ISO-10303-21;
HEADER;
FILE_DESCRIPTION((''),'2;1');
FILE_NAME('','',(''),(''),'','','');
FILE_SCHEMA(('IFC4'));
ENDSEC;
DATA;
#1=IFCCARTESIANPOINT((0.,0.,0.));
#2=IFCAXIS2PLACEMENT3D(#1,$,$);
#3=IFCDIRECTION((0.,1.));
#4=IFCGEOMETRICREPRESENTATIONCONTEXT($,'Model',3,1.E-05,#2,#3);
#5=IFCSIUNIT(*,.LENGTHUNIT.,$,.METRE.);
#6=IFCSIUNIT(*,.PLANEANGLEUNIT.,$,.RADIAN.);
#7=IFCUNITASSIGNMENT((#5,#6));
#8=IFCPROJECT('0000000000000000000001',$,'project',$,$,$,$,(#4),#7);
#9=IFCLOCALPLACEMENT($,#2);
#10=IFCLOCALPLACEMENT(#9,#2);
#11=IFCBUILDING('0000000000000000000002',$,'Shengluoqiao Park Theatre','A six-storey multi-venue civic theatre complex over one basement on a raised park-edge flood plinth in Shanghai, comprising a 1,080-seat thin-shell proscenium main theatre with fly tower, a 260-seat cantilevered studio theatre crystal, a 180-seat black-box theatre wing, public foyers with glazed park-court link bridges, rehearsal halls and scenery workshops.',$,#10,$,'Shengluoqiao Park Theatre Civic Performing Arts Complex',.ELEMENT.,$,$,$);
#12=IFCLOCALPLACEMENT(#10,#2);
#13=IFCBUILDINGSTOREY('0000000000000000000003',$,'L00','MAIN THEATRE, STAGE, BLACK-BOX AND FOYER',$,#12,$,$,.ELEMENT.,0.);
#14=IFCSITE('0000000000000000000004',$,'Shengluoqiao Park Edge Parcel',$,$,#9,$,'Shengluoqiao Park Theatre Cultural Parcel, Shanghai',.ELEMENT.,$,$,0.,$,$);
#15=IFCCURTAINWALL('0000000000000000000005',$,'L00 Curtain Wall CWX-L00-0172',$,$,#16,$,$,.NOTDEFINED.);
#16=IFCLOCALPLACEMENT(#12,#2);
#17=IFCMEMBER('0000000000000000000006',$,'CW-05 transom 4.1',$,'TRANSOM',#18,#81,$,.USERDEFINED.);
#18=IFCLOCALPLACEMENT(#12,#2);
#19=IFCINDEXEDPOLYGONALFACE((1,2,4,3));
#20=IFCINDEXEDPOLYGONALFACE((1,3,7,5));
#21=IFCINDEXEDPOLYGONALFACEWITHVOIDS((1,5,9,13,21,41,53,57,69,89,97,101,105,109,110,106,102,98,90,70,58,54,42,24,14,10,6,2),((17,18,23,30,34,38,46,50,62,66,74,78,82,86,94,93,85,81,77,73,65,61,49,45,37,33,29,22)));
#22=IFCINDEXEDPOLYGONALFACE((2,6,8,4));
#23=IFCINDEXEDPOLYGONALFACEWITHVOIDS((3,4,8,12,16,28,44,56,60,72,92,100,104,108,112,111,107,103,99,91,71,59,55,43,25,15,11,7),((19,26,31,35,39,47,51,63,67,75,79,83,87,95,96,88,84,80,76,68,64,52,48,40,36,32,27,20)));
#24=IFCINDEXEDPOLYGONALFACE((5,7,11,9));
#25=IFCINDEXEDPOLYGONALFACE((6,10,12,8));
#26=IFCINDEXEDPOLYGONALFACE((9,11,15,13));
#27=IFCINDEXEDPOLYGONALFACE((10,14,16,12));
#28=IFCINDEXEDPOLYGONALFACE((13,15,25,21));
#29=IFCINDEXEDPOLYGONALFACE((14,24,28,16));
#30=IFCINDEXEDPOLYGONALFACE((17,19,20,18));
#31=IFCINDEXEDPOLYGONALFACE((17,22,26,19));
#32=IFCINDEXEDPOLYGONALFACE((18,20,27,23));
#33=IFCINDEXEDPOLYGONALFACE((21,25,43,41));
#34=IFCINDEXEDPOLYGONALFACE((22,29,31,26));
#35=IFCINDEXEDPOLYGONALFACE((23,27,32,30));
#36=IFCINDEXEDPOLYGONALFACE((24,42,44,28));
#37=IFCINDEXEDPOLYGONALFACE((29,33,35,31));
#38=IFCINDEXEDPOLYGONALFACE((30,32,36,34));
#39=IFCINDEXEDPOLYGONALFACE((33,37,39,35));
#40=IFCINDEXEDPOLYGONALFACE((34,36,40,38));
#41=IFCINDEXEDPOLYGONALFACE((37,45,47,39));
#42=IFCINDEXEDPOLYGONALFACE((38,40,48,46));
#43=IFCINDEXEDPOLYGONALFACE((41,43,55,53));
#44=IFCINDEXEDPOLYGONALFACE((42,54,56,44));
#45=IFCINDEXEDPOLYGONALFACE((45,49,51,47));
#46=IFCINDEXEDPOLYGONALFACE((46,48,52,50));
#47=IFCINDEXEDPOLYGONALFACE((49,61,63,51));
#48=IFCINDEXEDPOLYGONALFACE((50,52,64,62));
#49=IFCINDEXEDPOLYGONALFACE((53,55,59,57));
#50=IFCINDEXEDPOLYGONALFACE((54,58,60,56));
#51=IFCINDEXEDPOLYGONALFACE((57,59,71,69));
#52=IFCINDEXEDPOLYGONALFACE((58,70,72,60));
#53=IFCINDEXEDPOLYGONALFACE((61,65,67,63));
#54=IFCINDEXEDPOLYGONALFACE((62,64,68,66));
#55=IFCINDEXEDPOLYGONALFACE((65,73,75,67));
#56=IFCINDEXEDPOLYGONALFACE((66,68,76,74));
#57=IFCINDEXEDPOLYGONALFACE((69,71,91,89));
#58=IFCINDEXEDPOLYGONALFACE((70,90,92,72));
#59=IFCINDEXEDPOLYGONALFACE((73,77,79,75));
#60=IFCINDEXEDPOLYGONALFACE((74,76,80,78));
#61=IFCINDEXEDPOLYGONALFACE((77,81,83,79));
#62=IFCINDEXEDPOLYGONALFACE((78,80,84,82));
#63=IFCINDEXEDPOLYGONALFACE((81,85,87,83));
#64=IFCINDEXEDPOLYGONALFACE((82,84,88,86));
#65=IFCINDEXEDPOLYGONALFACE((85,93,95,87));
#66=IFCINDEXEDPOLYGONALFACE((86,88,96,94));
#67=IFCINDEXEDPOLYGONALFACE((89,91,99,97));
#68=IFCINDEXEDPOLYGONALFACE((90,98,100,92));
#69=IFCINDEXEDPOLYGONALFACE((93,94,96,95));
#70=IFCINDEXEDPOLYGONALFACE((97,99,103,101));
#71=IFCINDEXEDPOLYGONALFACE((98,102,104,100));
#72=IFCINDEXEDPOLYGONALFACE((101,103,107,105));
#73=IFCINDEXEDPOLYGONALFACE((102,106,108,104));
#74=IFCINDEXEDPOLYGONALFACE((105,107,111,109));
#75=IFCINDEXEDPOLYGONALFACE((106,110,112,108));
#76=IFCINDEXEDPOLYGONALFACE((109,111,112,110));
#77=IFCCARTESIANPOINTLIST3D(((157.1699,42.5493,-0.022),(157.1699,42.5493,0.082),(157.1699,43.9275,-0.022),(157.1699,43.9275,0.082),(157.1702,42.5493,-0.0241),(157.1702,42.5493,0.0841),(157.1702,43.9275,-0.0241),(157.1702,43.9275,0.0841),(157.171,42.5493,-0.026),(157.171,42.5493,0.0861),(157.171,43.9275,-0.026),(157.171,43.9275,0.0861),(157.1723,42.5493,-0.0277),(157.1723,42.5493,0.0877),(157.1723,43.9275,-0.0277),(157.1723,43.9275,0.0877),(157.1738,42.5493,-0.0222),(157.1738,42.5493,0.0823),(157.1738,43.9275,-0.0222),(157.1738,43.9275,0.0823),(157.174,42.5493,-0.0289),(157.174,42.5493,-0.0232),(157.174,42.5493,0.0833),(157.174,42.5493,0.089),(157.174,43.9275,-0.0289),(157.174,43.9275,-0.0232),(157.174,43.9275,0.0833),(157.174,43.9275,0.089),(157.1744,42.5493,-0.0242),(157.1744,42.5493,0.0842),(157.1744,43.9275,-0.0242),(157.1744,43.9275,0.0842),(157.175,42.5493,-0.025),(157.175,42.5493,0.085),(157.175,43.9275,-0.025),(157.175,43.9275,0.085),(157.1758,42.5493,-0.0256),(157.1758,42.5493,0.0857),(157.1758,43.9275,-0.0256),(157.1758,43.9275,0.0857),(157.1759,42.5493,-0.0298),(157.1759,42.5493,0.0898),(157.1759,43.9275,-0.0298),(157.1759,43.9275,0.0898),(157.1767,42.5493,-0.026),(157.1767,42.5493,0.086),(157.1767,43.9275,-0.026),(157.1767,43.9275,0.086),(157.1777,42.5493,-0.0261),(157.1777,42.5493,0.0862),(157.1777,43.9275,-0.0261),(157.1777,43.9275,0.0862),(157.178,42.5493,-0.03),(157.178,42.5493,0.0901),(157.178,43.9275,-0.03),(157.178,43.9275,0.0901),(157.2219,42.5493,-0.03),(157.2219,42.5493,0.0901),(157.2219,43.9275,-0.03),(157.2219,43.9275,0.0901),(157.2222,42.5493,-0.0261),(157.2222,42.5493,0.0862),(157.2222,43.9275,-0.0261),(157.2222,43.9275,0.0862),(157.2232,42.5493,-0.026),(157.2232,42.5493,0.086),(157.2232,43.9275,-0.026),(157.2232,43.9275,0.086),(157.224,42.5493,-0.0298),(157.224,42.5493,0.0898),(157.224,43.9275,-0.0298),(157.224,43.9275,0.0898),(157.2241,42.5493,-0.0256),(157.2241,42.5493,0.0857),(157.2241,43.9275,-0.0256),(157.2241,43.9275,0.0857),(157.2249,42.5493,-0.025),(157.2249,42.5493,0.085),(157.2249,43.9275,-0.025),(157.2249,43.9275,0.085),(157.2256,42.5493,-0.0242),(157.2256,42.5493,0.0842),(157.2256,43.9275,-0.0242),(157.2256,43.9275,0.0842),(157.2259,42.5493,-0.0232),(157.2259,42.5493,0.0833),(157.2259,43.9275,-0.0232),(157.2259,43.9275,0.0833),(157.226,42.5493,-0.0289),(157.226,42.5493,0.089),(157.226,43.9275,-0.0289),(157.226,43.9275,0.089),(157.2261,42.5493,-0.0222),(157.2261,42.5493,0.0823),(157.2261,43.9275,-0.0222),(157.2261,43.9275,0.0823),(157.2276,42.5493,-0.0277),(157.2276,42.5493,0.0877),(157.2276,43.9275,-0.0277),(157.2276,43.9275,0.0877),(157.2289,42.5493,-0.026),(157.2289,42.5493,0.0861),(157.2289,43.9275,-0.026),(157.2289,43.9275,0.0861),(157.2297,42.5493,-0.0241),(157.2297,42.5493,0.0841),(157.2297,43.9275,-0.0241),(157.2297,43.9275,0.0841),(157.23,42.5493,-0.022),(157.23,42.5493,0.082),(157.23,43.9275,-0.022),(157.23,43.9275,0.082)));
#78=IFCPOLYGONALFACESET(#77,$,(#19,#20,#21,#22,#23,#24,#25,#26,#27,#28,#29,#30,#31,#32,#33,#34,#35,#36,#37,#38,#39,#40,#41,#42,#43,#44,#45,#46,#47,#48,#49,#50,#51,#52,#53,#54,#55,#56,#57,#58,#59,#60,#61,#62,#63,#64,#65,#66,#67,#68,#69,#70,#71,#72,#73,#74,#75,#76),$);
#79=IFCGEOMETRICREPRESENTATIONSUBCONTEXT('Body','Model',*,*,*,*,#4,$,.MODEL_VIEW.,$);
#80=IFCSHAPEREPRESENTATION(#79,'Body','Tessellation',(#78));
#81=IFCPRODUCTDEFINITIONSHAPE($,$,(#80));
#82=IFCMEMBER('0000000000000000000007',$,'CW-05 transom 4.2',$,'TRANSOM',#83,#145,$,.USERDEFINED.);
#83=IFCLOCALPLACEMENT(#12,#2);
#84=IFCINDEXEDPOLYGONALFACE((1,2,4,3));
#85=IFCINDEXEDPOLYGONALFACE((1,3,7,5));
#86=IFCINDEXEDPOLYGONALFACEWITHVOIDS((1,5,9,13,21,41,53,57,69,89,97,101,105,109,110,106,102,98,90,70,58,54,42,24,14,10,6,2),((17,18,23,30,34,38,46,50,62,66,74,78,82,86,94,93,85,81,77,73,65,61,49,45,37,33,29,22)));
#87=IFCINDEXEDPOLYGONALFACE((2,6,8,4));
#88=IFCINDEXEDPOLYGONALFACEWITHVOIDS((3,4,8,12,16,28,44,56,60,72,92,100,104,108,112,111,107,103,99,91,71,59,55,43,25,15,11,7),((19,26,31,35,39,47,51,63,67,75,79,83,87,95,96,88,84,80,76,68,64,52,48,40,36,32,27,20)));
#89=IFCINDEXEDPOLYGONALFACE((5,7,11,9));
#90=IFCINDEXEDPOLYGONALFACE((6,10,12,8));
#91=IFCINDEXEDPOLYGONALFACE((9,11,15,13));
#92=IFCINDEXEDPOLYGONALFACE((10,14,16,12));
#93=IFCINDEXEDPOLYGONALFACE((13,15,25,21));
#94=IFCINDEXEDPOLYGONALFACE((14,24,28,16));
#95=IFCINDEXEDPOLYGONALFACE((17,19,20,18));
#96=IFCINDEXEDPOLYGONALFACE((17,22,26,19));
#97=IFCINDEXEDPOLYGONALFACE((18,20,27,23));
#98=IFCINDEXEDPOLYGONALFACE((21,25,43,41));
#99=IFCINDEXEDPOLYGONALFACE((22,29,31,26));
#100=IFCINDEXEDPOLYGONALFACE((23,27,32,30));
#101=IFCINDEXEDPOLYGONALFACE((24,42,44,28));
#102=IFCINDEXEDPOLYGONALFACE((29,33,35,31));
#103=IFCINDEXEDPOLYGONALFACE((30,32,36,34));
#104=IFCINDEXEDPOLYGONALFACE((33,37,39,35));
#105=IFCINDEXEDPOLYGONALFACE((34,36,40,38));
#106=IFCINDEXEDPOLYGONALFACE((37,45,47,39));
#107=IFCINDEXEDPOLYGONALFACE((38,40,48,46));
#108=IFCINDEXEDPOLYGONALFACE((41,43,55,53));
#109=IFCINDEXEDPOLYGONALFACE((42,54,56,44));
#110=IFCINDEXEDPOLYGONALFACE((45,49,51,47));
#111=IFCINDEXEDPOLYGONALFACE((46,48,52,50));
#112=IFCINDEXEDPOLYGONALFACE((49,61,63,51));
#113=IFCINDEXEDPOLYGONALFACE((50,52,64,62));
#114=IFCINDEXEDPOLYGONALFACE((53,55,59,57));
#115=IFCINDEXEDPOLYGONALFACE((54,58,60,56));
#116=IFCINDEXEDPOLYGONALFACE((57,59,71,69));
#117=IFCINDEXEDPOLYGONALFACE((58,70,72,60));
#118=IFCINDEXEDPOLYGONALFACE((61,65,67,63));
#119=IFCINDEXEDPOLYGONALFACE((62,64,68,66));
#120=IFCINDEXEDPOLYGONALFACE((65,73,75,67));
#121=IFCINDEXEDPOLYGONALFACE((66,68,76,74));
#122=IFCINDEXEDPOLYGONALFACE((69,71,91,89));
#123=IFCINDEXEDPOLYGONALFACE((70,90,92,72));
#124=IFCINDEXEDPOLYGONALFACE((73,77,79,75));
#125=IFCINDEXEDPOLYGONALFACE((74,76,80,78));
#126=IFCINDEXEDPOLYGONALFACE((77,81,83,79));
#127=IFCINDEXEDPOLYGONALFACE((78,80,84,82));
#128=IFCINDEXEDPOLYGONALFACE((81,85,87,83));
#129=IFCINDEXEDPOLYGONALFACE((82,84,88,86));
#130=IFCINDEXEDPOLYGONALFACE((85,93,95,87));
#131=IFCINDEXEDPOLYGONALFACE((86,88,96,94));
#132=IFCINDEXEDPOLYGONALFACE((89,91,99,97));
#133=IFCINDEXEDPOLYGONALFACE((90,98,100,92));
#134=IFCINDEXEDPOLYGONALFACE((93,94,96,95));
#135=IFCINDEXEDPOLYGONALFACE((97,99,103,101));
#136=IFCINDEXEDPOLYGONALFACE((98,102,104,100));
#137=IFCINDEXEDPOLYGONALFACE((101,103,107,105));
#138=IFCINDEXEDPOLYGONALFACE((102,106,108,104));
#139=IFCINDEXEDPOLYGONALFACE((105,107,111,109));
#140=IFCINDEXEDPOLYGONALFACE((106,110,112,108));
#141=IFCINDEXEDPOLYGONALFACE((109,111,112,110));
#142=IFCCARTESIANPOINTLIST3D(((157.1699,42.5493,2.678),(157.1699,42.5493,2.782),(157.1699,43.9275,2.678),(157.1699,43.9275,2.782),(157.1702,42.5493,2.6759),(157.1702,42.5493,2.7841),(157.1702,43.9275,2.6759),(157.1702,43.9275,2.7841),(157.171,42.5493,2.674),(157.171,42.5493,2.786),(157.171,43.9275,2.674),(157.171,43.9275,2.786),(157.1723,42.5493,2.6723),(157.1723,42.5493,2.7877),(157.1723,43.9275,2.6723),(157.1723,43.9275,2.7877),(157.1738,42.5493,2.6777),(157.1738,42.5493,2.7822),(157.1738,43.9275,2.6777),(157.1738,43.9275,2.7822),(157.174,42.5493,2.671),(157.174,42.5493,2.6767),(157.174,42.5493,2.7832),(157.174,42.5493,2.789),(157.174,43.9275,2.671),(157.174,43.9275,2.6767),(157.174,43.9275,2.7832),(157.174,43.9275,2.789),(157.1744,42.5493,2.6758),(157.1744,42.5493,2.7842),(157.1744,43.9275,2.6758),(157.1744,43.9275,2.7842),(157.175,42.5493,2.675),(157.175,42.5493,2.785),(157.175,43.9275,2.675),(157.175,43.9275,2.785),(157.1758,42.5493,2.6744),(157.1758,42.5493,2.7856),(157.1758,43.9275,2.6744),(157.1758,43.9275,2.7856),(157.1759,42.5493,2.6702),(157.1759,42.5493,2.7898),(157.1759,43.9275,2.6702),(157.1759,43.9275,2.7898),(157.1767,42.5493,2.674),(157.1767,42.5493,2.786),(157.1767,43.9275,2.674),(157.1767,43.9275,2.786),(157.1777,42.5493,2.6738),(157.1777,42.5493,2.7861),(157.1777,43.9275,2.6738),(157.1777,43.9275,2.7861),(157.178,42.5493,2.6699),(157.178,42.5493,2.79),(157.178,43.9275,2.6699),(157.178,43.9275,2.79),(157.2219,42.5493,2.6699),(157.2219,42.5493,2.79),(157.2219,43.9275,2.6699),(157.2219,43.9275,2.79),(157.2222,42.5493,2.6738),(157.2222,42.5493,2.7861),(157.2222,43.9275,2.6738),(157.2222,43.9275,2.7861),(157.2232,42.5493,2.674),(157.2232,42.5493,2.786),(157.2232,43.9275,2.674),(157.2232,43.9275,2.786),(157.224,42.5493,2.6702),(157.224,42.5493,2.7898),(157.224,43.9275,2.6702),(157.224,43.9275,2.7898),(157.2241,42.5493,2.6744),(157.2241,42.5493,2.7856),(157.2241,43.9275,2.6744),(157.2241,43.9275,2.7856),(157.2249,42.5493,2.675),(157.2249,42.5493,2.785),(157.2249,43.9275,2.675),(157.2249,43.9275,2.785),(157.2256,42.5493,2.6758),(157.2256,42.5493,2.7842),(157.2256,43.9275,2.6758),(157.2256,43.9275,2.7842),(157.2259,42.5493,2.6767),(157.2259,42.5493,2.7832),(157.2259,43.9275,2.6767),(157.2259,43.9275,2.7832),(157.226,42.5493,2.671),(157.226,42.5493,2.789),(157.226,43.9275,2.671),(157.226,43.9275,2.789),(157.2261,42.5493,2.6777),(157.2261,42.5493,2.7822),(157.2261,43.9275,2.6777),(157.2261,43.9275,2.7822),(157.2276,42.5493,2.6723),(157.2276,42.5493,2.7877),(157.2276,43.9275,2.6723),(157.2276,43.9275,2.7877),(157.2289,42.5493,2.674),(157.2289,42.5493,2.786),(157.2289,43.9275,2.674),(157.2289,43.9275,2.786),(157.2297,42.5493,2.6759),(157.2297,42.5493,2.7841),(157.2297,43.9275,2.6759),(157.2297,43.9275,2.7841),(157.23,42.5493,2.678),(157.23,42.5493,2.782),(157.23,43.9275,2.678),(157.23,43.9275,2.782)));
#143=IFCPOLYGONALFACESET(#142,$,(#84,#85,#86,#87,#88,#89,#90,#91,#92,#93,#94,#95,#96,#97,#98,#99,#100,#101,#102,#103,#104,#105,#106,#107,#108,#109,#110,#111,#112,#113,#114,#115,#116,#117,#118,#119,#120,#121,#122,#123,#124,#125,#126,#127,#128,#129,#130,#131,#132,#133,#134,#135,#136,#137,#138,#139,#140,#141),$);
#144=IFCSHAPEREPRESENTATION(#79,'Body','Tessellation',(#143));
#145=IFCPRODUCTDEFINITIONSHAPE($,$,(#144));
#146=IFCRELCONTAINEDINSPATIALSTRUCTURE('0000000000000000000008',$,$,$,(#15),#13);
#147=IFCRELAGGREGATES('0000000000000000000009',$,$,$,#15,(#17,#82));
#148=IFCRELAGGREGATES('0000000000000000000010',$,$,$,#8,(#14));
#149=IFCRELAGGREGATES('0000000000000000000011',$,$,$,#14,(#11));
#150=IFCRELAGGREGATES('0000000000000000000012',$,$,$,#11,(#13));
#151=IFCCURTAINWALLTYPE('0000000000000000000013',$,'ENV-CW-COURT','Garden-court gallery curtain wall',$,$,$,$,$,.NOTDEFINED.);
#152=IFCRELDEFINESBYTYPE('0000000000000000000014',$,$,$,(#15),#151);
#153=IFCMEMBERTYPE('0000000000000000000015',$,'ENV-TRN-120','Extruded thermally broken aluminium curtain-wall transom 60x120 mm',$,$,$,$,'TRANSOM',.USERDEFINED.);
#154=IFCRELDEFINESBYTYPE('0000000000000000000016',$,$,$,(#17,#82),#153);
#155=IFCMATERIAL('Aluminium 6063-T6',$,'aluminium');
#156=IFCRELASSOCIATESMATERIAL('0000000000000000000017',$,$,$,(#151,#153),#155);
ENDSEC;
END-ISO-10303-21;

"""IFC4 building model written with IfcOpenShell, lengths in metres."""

from ifc_helpers import new_model, si_unit, direction, frame, origin, origin_2d, place, context, subcontext, project, spatial, hollow_rectangle, extrude, material, material_profile, profile_set, type_object, element, aggregate, save


model = new_model("IFC4")

# Units and contexts
model_context = context("Model", 3, precision=1e-05, world=origin(), true_north=direction((0.0, 1.0)))
body_context = subcontext(model_context, "Body", "Model", "MODEL_VIEW")
ifc_project = project(units=[si_unit("LENGTHUNIT", "METRE"), si_unit("PLANEANGLEUNIT", "RADIAN")], contexts=[model_context])

# Site, building, storey
site_placement = place(None, origin())
site = spatial("IfcSite", under=ifc_project, at=site_placement, Name="Shengluoqiao Park Edge Parcel", LongName="Shengluoqiao Park Theatre Cultural Parcel, Shanghai", CompositionType="ELEMENT", RefElevation=0.0)
building_placement = place(site_placement, origin())
building = spatial("IfcBuilding", under=site, at=building_placement, Name="Shengluoqiao Park Theatre", Description="A six-storey multi-venue civic theatre complex over one basement on a raised park-edge flood plinth in Shanghai, comprising a 1,080-seat thin-shell proscenium main theatre with fly tower, a 260-seat cantilevered studio theatre crystal, a 180-seat black-box theatre wing, public foyers with glazed park-court link bridges, rehearsal halls and scenery workshops.", LongName="Shengluoqiao Park Theatre Civic Performing Arts Complex", CompositionType="ELEMENT")
storey_placement = place(building_placement, origin())
storey = spatial("IfcBuildingStorey", under=building, at=storey_placement, Name="L00", Description="MAIN THEATRE, STAGE, BLACK-BOX AND FOYER", CompositionType="ELEMENT", Elevation=0.0)

# Curtain wall
ifc_material_1 = material(Name="Aluminium 6063-T6", Category="aluminium")
curtain_wall_type = type_object("IfcCurtainWallType", Name="ENV-CW-COURT", Description="Garden-court gallery curtain wall", PredefinedType="NOTDEFINED", material=ifc_material_1)
curtain_wall_1_placement = place(storey_placement, origin())
curtain_wall_1 = element("IfcCurtainWall", 1, at=curtain_wall_1_placement, inside=storey, type_object=curtain_wall_type, Name="L00 Curtain Wall CWX-L00-0172", PredefinedType="NOTDEFINED")

# Members
ifc_material_profile_1 = material_profile(ifc_material_1, hollow_rectangle(XDim=0.0601, YDim=0.1201, WallThickness=0.0039, InnerFilletRadius=0.0039, OuterFilletRadius=0.0081, at=origin_2d()), Name="ALU TRANSOM 120x60x4")
ifc_profile_set_1 = profile_set([ifc_material_profile_1], Name="Aluminium 6063-T6")
member_type_1 = type_object("IfcMemberType", Name="ENV-TRN-120", Description="Extruded thermally broken aluminium curtain-wall transom 60x120 mm", ElementType="TRANSOM", PredefinedType="USERDEFINED", material=ifc_profile_set_1)
member_1_placement = place(storey_placement, frame((157.2, 42.5493, 0.03), z_axis=(0.0, 1.0, 0.0), x_axis=(-1.0, 0.0, 0.0)))
member_1 = element("IfcMember", 2, at=member_1_placement, type_object=member_type_1, Name="CW-05 transom 4.1", ObjectType="TRANSOM", PredefinedType="USERDEFINED", context=body_context, shape_type="SweptSolid", body=[
    extrude(hollow_rectangle(XDim=0.0601, YDim=0.1201, WallThickness=0.0039, InnerFilletRadius=0.0039, OuterFilletRadius=0.0081, at=origin_2d()), origin(), (0.0, 0.0, 1.0), 1.3782),
])
member_2_placement = place(storey_placement, frame((157.2, 42.5493, 2.73), z_axis=(0.0, 1.0, 0.0), x_axis=(-1.0, 0.0, 0.0)))
member_2 = element("IfcMember", 3, at=member_2_placement, type_object=member_type_1, Name="CW-05 transom 4.2", ObjectType="TRANSOM", PredefinedType="USERDEFINED", context=body_context, shape_type="SweptSolid", body=[
    extrude(hollow_rectangle(XDim=0.0601, YDim=0.1201, WallThickness=0.0039, InnerFilletRadius=0.0039, OuterFilletRadius=0.0081, at=origin_2d()), origin(), (0.0, 0.0, 1.0), 1.3782),
])

aggregate(curtain_wall_1, [member_1, member_2])

save(model, "model.ifc")
